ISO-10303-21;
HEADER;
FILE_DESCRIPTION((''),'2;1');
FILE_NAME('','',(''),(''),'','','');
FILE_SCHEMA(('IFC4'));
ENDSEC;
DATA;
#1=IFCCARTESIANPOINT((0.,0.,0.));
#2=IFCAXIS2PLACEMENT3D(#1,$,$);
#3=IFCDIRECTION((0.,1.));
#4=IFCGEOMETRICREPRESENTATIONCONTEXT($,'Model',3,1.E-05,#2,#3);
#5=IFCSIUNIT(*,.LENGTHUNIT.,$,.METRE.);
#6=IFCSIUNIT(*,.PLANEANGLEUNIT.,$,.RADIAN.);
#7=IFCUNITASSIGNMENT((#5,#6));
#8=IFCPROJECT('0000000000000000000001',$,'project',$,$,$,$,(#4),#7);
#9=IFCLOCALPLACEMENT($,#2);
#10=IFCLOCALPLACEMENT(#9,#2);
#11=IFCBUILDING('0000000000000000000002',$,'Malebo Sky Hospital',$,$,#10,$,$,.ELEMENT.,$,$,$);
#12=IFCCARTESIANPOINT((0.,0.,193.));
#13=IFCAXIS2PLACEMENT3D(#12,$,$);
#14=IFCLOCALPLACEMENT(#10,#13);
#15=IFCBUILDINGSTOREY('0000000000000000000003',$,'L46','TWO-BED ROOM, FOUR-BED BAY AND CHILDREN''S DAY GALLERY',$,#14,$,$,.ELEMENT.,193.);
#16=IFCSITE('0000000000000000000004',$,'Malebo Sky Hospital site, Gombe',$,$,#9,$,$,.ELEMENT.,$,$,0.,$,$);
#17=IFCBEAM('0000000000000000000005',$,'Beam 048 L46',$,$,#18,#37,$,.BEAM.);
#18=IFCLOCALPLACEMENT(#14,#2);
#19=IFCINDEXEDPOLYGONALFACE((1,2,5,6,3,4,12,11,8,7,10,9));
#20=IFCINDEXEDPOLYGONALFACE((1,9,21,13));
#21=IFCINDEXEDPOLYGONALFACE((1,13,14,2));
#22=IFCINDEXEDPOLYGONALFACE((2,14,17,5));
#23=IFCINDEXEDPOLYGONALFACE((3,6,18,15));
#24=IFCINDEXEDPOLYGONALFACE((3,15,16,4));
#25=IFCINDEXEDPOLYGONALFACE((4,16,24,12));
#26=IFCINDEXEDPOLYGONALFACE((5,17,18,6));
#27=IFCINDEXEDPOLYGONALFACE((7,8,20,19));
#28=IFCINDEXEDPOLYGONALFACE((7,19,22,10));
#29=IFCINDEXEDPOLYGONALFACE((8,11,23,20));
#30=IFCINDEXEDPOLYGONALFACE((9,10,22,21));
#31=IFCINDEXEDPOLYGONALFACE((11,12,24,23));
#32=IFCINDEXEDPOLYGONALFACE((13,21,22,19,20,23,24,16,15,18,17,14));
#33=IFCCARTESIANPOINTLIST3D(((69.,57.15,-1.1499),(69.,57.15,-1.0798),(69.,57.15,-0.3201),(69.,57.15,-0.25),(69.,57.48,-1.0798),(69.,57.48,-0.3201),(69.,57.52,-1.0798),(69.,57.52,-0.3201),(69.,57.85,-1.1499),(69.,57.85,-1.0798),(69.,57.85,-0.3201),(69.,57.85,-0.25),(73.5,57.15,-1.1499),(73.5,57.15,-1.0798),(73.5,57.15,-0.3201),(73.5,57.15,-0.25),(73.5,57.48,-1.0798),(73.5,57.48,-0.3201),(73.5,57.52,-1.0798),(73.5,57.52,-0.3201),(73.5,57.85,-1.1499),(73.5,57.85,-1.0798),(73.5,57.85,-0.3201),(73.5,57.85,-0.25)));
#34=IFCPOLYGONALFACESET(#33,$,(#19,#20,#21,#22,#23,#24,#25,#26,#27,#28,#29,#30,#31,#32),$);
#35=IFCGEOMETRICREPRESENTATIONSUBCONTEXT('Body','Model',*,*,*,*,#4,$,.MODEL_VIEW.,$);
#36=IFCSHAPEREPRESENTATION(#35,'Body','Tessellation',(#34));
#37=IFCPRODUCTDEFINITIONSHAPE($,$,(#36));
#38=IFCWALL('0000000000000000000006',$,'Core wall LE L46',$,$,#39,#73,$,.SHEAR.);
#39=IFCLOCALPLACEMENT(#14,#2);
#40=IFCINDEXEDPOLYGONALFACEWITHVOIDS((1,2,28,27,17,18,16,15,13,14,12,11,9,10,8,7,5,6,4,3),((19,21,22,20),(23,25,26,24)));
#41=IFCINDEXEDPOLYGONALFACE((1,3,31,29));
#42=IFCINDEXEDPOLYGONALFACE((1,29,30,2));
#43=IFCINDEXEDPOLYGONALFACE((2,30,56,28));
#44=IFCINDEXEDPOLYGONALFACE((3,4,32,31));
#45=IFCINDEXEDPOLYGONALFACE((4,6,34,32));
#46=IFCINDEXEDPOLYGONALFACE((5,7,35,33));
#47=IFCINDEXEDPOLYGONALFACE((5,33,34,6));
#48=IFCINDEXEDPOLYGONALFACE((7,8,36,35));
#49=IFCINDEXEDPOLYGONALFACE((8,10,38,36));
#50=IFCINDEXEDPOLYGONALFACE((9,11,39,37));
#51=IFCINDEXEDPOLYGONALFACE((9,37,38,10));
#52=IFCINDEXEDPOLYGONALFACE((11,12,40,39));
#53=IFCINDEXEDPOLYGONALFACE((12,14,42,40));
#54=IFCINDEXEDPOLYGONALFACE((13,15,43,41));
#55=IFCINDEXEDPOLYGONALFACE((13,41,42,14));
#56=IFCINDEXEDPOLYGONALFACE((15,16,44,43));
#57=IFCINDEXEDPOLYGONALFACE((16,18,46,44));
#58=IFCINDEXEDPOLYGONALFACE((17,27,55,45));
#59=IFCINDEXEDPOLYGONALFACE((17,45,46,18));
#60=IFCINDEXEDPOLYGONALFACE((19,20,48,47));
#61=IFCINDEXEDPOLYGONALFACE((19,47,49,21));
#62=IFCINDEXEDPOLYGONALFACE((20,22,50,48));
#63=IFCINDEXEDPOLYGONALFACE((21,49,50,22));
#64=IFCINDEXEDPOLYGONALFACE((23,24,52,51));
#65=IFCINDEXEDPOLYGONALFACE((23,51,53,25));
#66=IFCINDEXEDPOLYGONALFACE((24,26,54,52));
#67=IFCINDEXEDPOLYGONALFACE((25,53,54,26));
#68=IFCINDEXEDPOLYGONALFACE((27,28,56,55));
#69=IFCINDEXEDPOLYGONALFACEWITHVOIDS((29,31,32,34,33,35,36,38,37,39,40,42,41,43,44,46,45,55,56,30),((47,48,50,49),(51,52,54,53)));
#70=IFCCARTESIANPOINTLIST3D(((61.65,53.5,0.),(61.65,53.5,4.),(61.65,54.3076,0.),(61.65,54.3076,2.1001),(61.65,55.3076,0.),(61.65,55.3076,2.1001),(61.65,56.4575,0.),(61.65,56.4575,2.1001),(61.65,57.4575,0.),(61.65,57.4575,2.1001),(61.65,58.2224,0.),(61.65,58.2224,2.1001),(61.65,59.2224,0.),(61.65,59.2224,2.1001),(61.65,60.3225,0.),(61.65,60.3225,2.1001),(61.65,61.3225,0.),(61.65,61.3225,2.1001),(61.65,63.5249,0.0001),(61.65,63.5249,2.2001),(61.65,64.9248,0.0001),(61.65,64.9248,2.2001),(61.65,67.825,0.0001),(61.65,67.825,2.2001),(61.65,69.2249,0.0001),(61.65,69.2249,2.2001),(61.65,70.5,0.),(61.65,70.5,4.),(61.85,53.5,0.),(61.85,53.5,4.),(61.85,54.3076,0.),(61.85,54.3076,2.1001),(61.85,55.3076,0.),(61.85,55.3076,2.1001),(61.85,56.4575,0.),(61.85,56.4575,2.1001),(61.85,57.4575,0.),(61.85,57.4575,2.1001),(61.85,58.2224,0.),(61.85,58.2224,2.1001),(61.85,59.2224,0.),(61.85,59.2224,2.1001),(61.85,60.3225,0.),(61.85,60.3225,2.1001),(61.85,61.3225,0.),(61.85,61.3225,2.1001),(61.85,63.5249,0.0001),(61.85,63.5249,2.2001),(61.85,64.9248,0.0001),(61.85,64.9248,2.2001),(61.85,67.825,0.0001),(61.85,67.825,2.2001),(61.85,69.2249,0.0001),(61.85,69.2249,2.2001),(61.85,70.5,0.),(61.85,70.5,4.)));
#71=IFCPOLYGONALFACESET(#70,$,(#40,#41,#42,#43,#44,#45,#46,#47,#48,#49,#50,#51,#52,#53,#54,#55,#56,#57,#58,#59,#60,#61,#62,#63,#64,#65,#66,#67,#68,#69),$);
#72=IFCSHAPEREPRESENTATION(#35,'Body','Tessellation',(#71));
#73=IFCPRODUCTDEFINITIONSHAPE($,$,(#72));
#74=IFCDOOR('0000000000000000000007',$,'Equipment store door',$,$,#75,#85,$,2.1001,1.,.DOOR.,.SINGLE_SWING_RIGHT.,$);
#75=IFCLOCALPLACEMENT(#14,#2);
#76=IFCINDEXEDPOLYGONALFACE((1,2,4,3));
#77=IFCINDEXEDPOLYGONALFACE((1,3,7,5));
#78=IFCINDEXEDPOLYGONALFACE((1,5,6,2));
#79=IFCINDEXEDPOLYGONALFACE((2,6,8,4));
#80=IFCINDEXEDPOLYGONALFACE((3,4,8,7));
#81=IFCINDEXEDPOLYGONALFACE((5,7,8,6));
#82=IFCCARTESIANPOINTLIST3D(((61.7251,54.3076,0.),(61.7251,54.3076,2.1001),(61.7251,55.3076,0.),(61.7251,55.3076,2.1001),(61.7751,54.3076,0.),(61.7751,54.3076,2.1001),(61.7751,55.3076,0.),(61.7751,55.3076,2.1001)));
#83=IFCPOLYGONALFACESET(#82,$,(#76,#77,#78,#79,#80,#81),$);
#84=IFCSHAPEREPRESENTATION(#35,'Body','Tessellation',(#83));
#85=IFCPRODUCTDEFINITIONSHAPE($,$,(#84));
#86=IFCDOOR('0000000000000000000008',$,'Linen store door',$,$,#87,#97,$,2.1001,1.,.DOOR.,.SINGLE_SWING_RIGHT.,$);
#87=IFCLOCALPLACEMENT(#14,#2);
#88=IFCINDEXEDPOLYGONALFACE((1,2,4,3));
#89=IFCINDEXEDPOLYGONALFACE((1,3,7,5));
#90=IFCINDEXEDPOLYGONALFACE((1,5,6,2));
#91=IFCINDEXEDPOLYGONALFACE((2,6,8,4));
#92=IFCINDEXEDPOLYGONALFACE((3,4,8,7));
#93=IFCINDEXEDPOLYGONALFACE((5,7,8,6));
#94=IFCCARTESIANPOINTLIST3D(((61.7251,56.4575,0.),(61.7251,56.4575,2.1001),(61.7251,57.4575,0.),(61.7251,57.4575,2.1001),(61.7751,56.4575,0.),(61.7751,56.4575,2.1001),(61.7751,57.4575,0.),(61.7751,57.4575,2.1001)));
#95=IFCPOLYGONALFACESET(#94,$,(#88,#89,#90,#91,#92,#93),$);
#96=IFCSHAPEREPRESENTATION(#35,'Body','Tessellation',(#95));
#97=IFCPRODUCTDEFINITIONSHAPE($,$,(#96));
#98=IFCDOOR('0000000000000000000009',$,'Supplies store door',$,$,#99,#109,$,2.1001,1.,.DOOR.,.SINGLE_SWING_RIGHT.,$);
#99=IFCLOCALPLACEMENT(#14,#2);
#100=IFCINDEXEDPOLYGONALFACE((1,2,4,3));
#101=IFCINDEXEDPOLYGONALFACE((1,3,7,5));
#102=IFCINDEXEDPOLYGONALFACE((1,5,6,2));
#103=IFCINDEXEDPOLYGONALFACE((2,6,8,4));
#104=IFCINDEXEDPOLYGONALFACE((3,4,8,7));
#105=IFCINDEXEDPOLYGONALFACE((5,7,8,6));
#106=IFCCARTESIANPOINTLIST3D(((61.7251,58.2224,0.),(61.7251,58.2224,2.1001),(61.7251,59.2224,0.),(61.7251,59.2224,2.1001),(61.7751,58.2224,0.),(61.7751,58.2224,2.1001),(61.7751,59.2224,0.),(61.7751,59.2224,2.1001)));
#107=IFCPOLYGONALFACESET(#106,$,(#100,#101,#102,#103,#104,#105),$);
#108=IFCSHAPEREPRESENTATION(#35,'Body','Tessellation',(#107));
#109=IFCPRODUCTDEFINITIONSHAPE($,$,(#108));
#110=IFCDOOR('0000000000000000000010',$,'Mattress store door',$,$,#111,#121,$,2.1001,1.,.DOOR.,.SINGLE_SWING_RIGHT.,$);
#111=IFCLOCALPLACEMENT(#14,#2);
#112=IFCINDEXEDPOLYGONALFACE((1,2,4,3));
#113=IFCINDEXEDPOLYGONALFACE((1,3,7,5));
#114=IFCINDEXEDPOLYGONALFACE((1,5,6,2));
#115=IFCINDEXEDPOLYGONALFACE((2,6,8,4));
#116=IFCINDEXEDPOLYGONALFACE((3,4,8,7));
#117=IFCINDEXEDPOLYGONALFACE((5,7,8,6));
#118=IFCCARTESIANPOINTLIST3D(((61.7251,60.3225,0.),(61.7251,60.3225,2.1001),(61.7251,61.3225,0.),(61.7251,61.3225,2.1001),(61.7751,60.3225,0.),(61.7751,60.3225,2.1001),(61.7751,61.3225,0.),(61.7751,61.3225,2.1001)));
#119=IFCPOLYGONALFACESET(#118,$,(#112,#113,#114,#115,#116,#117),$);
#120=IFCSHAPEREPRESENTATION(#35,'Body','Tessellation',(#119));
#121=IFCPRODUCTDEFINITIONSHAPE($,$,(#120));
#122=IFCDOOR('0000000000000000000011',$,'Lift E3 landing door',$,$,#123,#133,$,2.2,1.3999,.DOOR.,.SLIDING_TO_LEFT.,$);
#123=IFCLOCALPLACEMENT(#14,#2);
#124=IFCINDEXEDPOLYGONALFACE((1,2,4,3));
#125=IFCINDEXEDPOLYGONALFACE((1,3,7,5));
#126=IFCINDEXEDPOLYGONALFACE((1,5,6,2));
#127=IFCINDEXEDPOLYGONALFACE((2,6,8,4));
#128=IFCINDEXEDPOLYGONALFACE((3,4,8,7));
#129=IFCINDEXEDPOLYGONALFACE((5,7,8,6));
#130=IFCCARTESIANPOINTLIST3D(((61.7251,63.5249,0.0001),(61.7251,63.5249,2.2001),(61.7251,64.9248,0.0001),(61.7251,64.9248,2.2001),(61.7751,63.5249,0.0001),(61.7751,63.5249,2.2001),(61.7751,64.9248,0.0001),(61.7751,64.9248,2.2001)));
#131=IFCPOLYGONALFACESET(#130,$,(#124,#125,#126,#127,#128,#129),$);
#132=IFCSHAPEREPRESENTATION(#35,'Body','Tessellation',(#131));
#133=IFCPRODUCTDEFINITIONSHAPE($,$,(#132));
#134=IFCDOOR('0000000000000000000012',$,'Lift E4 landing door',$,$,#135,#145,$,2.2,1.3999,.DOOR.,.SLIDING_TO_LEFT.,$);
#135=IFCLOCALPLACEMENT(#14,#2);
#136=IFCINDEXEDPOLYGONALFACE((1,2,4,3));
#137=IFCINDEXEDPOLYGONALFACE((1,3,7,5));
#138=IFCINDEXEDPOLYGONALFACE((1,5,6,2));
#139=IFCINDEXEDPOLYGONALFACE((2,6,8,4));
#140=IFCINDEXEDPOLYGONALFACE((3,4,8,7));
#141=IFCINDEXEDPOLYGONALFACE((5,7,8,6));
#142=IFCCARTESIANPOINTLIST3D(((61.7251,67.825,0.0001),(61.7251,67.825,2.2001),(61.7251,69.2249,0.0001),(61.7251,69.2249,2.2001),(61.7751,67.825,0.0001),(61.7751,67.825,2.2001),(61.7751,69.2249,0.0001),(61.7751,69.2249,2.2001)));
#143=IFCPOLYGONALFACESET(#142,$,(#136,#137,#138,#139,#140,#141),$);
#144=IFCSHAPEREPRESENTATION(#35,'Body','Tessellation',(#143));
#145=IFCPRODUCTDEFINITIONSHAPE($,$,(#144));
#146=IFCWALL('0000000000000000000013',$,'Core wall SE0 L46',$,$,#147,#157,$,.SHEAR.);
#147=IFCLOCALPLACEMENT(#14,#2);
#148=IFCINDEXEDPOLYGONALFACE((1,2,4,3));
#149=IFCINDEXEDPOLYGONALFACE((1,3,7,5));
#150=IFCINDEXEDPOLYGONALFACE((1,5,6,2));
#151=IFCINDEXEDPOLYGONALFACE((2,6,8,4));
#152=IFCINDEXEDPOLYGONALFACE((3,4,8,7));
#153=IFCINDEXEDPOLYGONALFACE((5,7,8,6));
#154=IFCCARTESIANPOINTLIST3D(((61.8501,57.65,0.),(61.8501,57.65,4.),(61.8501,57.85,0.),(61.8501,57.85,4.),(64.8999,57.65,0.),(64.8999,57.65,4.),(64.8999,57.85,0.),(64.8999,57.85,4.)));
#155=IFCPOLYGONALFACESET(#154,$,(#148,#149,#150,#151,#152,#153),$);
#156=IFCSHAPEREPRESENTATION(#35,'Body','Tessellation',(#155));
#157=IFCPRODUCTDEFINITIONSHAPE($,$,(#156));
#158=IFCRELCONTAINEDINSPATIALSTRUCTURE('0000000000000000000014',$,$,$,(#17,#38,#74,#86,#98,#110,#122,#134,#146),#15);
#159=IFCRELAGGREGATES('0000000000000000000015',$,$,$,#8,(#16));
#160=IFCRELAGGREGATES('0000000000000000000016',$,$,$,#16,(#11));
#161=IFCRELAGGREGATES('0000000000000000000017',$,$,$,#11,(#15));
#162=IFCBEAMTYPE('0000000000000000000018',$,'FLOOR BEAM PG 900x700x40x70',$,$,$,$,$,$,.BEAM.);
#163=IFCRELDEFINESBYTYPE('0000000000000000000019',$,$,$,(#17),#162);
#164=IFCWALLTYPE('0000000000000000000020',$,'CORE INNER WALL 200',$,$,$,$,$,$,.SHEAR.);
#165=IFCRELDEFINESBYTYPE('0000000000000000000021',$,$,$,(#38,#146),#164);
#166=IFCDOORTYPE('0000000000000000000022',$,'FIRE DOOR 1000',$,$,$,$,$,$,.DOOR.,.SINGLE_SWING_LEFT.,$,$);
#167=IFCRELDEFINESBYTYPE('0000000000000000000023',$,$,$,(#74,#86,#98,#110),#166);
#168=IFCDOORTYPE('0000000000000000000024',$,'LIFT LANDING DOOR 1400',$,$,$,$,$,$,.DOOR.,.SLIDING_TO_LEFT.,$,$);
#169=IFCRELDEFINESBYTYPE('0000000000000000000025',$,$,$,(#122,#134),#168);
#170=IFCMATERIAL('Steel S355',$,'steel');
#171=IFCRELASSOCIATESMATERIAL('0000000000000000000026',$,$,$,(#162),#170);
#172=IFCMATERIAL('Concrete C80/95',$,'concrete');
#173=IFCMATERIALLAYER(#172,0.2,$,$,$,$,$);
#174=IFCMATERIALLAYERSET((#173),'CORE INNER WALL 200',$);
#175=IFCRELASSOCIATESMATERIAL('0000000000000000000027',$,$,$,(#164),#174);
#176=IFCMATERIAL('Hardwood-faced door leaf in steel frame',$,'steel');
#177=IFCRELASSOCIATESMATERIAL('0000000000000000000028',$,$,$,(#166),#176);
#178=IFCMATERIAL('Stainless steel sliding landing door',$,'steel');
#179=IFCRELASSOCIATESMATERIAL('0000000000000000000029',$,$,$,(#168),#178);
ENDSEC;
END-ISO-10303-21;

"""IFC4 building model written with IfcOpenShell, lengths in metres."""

from ifc_helpers import new_model, si_unit, direction, frame, frame_2d, origin, origin_2d, place, context, subcontext, project, spatial, rectangle, i_section, extrude, material, layer, layer_set, material_profile, profile_set, type_object, element, fill, save


model = new_model("IFC4")

# Units and contexts
model_context = context("Model", 3, precision=1e-05, world=origin(), true_north=direction((0.0, 1.0)))
body_context = subcontext(model_context, "Body", "Model", "MODEL_VIEW")
ifc_project = project(units=[si_unit("LENGTHUNIT", "METRE"), si_unit("PLANEANGLEUNIT", "RADIAN")], contexts=[model_context])

# Site, building, storey
site_placement = place(None, origin())
site = spatial("IfcSite", under=ifc_project, at=site_placement, Name="Malebo Sky Hospital site, Gombe", CompositionType="ELEMENT", RefElevation=0.0)
building_placement = place(site_placement, origin())
building = spatial("IfcBuilding", under=site, at=building_placement, Name="Malebo Sky Hospital", CompositionType="ELEMENT")
storey_placement = place(building_placement, frame((0.0, 0.0, 193.0)))
storey = spatial("IfcBuildingStorey", under=building, at=storey_placement, Name="L46", Description="TWO-BED ROOM, FOUR-BED BAY AND CHILDREN'S DAY GALLERY", CompositionType="ELEMENT", Elevation=193.0)

# Beam
ifc_material_1 = material(Name="Steel S355", Category="steel")
ifc_material_profile = material_profile(ifc_material_1, i_section(OverallWidth=0.7, OverallDepth=0.8999, WebThickness=0.04, FlangeThickness=0.0701, at=origin_2d()), Name="PG 900x700x40x70")
ifc_profile_set = profile_set([ifc_material_profile], Name="Steel S355")
beam_type = type_object("IfcBeamType", Name="FLOOR BEAM PG 900x700x40x70", PredefinedType="BEAM", material=ifc_profile_set)
beam_placement = place(storey_placement, frame((69.0, 57.5, -0.7), z_axis=(1.0, 0.0, 0.0), x_axis=(0.0, 1.0, 0.0)))
element("IfcBeam", 1, at=beam_placement, inside=storey, type_object=beam_type, Name="Beam 048 L46", PredefinedType="BEAM", context=body_context, shape_type="SweptSolid", body=[
    extrude(i_section(OverallWidth=0.7, OverallDepth=0.8999, WebThickness=0.04, FlangeThickness=0.0701, at=origin_2d()), origin(), (0.0, 0.0, 1.0), 4.5),
])

# Wall, openings, doors
ifc_material_2 = material(Name="Concrete C80/95", Category="concrete")
ifc_layer_1 = layer(ifc_material_2, 0.2)
ifc_layer_set_1 = layer_set([ifc_layer_1], Name="CORE INNER WALL 200")
wall_type_1 = type_object("IfcWallType", Name="CORE INNER WALL 200", PredefinedType="SHEAR", material=ifc_layer_set_1)
wall_1_placement = place(storey_placement, frame((61.75, 53.5, 0.0), z_axis=(0.0, 0.0, 1.0), x_axis=(0.0, 1.0, 0.0)))
wall_1 = element("IfcWall", 2, at=wall_1_placement, inside=storey, type_object=wall_type_1, Name="Core wall LE L46", PredefinedType="SHEAR", context=body_context, shape_type="SweptSolid", body=[
    extrude(rectangle(XDim=17.0, YDim=0.2, at=frame_2d((8.5, 0.0))), origin(), (0.0, 0.0, 1.0), 4.0),
])
opening_1_placement = place(wall_1_placement, frame((0.8076, 0.0, 0.0)))
opening_1 = element("IfcOpeningElement", 3, at=opening_1_placement, cuts=wall_1, PredefinedType="OPENING", context=body_context, shape_type="SweptSolid", body=[
    extrude(rectangle(XDim=1.0, YDim=2.1001, at=frame_2d((0.5, 1.05))), frame((0.0, 0.1099, 0.0), z_axis=(0.0, -1.0, 0.0), x_axis=(1.0, 0.0, 0.0)), (0.0, 0.0, 1.0), 0.22),
])
opening_2_placement = place(wall_1_placement, frame((2.9575, 0.0, 0.0)))
opening_2 = element("IfcOpeningElement", 4, at=opening_2_placement, cuts=wall_1, PredefinedType="OPENING", context=body_context, shape_type="SweptSolid", body=[
    extrude(rectangle(XDim=1.0, YDim=2.1001, at=frame_2d((0.5, 1.05))), frame((0.0, 0.1099, 0.0), z_axis=(0.0, -1.0, 0.0), x_axis=(1.0, 0.0, 0.0)), (0.0, 0.0, 1.0), 0.22),
])
opening_3_placement = place(wall_1_placement, frame((4.7224, 0.0, 0.0)))
opening_3 = element("IfcOpeningElement", 5, at=opening_3_placement, cuts=wall_1, PredefinedType="OPENING", context=body_context, shape_type="SweptSolid", body=[
    extrude(rectangle(XDim=1.0, YDim=2.1001, at=frame_2d((0.5, 1.05))), frame((0.0, 0.1099, 0.0), z_axis=(0.0, -1.0, 0.0), x_axis=(1.0, 0.0, 0.0)), (0.0, 0.0, 1.0), 0.22),
])
opening_4_placement = place(wall_1_placement, frame((6.8225, 0.0, 0.0)))
opening_4 = element("IfcOpeningElement", 6, at=opening_4_placement, cuts=wall_1, PredefinedType="OPENING", context=body_context, shape_type="SweptSolid", body=[
    extrude(rectangle(XDim=1.0, YDim=2.1001, at=frame_2d((0.5, 1.05))), frame((0.0, 0.1099, 0.0), z_axis=(0.0, -1.0, 0.0), x_axis=(1.0, 0.0, 0.0)), (0.0, 0.0, 1.0), 0.22),
])
opening_5_placement = place(wall_1_placement, frame((10.0249, 0.0, 0.0)))
opening_5 = element("IfcOpeningElement", 7, at=opening_5_placement, cuts=wall_1, PredefinedType="OPENING", context=body_context, shape_type="SweptSolid", body=[
    extrude(rectangle(XDim=1.3999, YDim=2.2, at=frame_2d((0.7, 1.1001))), frame((0.0, 0.1099, 0.0), z_axis=(0.0, -1.0, 0.0), x_axis=(1.0, 0.0, 0.0)), (0.0, 0.0, 1.0), 0.22),
])
opening_6_placement = place(wall_1_placement, frame((14.325, 0.0, 0.0)))
opening_6 = element("IfcOpeningElement", 8, at=opening_6_placement, cuts=wall_1, PredefinedType="OPENING", context=body_context, shape_type="SweptSolid", body=[
    extrude(rectangle(XDim=1.3999, YDim=2.2, at=frame_2d((0.7, 1.1001))), frame((0.0, 0.1099, 0.0), z_axis=(0.0, -1.0, 0.0), x_axis=(1.0, 0.0, 0.0)), (0.0, 0.0, 1.0), 0.22),
])
ifc_material_3 = material(Name="Hardwood-faced door leaf in steel frame", Category="steel")
door_type_1 = type_object("IfcDoorType", Name="FIRE DOOR 1000", OperationType="SINGLE_SWING_LEFT", PredefinedType="DOOR", material=ifc_material_3)
door_1_placement = place(opening_1_placement, origin())
door_1 = element("IfcDoor", 9, at=door_1_placement, inside=storey, type_object=door_type_1, Name="Equipment store door", OperationType="SINGLE_SWING_RIGHT", OverallHeight=2.1001, OverallWidth=1.0, PredefinedType="DOOR", context=body_context, shape_type="SweptSolid", body=[
    extrude(rectangle(XDim=1.0, YDim=2.1001, at=frame_2d((0.5, 1.05))), frame((0.0, 0.0249, 0.0), z_axis=(0.0, -1.0, 0.0), x_axis=(1.0, 0.0, 0.0)), (0.0, 0.0, 1.0), 0.05),
])
fill(opening_1, door_1)
door_2_placement = place(opening_2_placement, origin())
door_2 = element("IfcDoor", 10, at=door_2_placement, inside=storey, type_object=door_type_1, Name="Linen store door", OperationType="SINGLE_SWING_RIGHT", OverallHeight=2.1001, OverallWidth=1.0, PredefinedType="DOOR", context=body_context, shape_type="SweptSolid", body=[
    extrude(rectangle(XDim=1.0, YDim=2.1001, at=frame_2d((0.5, 1.05))), frame((0.0, 0.0249, 0.0), z_axis=(0.0, -1.0, 0.0), x_axis=(1.0, 0.0, 0.0)), (0.0, 0.0, 1.0), 0.05),
])
fill(opening_2, door_2)
door_3_placement = place(opening_3_placement, origin())
door_3 = element("IfcDoor", 11, at=door_3_placement, inside=storey, type_object=door_type_1, Name="Supplies store door", OperationType="SINGLE_SWING_RIGHT", OverallHeight=2.1001, OverallWidth=1.0, PredefinedType="DOOR", context=body_context, shape_type="SweptSolid", body=[
    extrude(rectangle(XDim=1.0, YDim=2.1001, at=frame_2d((0.5, 1.05))), frame((0.0, 0.0249, 0.0), z_axis=(0.0, -1.0, 0.0), x_axis=(1.0, 0.0, 0.0)), (0.0, 0.0, 1.0), 0.05),
])
fill(opening_3, door_3)
door_4_placement = place(opening_4_placement, origin())
door_4 = element("IfcDoor", 12, at=door_4_placement, inside=storey, type_object=door_type_1, Name="Mattress store door", OperationType="SINGLE_SWING_RIGHT", OverallHeight=2.1001, OverallWidth=1.0, PredefinedType="DOOR", context=body_context, shape_type="SweptSolid", body=[
    extrude(rectangle(XDim=1.0, YDim=2.1001, at=frame_2d((0.5, 1.05))), frame((0.0, 0.0249, 0.0), z_axis=(0.0, -1.0, 0.0), x_axis=(1.0, 0.0, 0.0)), (0.0, 0.0, 1.0), 0.05),
])
fill(opening_4, door_4)
ifc_material_4 = material(Name="Stainless steel sliding landing door", Category="steel")
door_type_2 = type_object("IfcDoorType", Name="LIFT LANDING DOOR 1400", OperationType="SLIDING_TO_LEFT", PredefinedType="DOOR", material=ifc_material_4)
door_5_placement = place(opening_5_placement, origin())
door_5 = element("IfcDoor", 13, at=door_5_placement, inside=storey, type_object=door_type_2, Name="Lift E3 landing door", OperationType="SLIDING_TO_LEFT", OverallHeight=2.2, OverallWidth=1.3999, PredefinedType="DOOR", context=body_context, shape_type="SweptSolid", body=[
    extrude(rectangle(XDim=1.3999, YDim=2.2, at=frame_2d((0.7, 1.1001))), frame((0.0, 0.0249, 0.0), z_axis=(0.0, -1.0, 0.0), x_axis=(1.0, 0.0, 0.0)), (0.0, 0.0, 1.0), 0.05),
])
fill(opening_5, door_5)
door_6_placement = place(opening_6_placement, origin())
door_6 = element("IfcDoor", 14, at=door_6_placement, inside=storey, type_object=door_type_2, Name="Lift E4 landing door", OperationType="SLIDING_TO_LEFT", OverallHeight=2.2, OverallWidth=1.3999, PredefinedType="DOOR", context=body_context, shape_type="SweptSolid", body=[
    extrude(rectangle(XDim=1.3999, YDim=2.2, at=frame_2d((0.7, 1.1001))), frame((0.0, 0.0249, 0.0), z_axis=(0.0, -1.0, 0.0), x_axis=(1.0, 0.0, 0.0)), (0.0, 0.0, 1.0), 0.05),
])
fill(opening_6, door_6)

# Wall
wall_2_placement = place(storey_placement, frame((61.8501, 57.75, 0.0), z_axis=(0.0, 0.0, 1.0), x_axis=(1.0, 0.0, 0.0)))
element("IfcWall", 15, at=wall_2_placement, inside=storey, type_object=wall_type_1, Name="Core wall SE0 L46", PredefinedType="SHEAR", context=body_context, shape_type="SweptSolid", body=[
    extrude(rectangle(XDim=3.0498, YDim=0.2, at=frame_2d((1.5249, 0.0))), origin(), (0.0, 0.0, 1.0), 4.0),
])

save(model, "model.ifc")
